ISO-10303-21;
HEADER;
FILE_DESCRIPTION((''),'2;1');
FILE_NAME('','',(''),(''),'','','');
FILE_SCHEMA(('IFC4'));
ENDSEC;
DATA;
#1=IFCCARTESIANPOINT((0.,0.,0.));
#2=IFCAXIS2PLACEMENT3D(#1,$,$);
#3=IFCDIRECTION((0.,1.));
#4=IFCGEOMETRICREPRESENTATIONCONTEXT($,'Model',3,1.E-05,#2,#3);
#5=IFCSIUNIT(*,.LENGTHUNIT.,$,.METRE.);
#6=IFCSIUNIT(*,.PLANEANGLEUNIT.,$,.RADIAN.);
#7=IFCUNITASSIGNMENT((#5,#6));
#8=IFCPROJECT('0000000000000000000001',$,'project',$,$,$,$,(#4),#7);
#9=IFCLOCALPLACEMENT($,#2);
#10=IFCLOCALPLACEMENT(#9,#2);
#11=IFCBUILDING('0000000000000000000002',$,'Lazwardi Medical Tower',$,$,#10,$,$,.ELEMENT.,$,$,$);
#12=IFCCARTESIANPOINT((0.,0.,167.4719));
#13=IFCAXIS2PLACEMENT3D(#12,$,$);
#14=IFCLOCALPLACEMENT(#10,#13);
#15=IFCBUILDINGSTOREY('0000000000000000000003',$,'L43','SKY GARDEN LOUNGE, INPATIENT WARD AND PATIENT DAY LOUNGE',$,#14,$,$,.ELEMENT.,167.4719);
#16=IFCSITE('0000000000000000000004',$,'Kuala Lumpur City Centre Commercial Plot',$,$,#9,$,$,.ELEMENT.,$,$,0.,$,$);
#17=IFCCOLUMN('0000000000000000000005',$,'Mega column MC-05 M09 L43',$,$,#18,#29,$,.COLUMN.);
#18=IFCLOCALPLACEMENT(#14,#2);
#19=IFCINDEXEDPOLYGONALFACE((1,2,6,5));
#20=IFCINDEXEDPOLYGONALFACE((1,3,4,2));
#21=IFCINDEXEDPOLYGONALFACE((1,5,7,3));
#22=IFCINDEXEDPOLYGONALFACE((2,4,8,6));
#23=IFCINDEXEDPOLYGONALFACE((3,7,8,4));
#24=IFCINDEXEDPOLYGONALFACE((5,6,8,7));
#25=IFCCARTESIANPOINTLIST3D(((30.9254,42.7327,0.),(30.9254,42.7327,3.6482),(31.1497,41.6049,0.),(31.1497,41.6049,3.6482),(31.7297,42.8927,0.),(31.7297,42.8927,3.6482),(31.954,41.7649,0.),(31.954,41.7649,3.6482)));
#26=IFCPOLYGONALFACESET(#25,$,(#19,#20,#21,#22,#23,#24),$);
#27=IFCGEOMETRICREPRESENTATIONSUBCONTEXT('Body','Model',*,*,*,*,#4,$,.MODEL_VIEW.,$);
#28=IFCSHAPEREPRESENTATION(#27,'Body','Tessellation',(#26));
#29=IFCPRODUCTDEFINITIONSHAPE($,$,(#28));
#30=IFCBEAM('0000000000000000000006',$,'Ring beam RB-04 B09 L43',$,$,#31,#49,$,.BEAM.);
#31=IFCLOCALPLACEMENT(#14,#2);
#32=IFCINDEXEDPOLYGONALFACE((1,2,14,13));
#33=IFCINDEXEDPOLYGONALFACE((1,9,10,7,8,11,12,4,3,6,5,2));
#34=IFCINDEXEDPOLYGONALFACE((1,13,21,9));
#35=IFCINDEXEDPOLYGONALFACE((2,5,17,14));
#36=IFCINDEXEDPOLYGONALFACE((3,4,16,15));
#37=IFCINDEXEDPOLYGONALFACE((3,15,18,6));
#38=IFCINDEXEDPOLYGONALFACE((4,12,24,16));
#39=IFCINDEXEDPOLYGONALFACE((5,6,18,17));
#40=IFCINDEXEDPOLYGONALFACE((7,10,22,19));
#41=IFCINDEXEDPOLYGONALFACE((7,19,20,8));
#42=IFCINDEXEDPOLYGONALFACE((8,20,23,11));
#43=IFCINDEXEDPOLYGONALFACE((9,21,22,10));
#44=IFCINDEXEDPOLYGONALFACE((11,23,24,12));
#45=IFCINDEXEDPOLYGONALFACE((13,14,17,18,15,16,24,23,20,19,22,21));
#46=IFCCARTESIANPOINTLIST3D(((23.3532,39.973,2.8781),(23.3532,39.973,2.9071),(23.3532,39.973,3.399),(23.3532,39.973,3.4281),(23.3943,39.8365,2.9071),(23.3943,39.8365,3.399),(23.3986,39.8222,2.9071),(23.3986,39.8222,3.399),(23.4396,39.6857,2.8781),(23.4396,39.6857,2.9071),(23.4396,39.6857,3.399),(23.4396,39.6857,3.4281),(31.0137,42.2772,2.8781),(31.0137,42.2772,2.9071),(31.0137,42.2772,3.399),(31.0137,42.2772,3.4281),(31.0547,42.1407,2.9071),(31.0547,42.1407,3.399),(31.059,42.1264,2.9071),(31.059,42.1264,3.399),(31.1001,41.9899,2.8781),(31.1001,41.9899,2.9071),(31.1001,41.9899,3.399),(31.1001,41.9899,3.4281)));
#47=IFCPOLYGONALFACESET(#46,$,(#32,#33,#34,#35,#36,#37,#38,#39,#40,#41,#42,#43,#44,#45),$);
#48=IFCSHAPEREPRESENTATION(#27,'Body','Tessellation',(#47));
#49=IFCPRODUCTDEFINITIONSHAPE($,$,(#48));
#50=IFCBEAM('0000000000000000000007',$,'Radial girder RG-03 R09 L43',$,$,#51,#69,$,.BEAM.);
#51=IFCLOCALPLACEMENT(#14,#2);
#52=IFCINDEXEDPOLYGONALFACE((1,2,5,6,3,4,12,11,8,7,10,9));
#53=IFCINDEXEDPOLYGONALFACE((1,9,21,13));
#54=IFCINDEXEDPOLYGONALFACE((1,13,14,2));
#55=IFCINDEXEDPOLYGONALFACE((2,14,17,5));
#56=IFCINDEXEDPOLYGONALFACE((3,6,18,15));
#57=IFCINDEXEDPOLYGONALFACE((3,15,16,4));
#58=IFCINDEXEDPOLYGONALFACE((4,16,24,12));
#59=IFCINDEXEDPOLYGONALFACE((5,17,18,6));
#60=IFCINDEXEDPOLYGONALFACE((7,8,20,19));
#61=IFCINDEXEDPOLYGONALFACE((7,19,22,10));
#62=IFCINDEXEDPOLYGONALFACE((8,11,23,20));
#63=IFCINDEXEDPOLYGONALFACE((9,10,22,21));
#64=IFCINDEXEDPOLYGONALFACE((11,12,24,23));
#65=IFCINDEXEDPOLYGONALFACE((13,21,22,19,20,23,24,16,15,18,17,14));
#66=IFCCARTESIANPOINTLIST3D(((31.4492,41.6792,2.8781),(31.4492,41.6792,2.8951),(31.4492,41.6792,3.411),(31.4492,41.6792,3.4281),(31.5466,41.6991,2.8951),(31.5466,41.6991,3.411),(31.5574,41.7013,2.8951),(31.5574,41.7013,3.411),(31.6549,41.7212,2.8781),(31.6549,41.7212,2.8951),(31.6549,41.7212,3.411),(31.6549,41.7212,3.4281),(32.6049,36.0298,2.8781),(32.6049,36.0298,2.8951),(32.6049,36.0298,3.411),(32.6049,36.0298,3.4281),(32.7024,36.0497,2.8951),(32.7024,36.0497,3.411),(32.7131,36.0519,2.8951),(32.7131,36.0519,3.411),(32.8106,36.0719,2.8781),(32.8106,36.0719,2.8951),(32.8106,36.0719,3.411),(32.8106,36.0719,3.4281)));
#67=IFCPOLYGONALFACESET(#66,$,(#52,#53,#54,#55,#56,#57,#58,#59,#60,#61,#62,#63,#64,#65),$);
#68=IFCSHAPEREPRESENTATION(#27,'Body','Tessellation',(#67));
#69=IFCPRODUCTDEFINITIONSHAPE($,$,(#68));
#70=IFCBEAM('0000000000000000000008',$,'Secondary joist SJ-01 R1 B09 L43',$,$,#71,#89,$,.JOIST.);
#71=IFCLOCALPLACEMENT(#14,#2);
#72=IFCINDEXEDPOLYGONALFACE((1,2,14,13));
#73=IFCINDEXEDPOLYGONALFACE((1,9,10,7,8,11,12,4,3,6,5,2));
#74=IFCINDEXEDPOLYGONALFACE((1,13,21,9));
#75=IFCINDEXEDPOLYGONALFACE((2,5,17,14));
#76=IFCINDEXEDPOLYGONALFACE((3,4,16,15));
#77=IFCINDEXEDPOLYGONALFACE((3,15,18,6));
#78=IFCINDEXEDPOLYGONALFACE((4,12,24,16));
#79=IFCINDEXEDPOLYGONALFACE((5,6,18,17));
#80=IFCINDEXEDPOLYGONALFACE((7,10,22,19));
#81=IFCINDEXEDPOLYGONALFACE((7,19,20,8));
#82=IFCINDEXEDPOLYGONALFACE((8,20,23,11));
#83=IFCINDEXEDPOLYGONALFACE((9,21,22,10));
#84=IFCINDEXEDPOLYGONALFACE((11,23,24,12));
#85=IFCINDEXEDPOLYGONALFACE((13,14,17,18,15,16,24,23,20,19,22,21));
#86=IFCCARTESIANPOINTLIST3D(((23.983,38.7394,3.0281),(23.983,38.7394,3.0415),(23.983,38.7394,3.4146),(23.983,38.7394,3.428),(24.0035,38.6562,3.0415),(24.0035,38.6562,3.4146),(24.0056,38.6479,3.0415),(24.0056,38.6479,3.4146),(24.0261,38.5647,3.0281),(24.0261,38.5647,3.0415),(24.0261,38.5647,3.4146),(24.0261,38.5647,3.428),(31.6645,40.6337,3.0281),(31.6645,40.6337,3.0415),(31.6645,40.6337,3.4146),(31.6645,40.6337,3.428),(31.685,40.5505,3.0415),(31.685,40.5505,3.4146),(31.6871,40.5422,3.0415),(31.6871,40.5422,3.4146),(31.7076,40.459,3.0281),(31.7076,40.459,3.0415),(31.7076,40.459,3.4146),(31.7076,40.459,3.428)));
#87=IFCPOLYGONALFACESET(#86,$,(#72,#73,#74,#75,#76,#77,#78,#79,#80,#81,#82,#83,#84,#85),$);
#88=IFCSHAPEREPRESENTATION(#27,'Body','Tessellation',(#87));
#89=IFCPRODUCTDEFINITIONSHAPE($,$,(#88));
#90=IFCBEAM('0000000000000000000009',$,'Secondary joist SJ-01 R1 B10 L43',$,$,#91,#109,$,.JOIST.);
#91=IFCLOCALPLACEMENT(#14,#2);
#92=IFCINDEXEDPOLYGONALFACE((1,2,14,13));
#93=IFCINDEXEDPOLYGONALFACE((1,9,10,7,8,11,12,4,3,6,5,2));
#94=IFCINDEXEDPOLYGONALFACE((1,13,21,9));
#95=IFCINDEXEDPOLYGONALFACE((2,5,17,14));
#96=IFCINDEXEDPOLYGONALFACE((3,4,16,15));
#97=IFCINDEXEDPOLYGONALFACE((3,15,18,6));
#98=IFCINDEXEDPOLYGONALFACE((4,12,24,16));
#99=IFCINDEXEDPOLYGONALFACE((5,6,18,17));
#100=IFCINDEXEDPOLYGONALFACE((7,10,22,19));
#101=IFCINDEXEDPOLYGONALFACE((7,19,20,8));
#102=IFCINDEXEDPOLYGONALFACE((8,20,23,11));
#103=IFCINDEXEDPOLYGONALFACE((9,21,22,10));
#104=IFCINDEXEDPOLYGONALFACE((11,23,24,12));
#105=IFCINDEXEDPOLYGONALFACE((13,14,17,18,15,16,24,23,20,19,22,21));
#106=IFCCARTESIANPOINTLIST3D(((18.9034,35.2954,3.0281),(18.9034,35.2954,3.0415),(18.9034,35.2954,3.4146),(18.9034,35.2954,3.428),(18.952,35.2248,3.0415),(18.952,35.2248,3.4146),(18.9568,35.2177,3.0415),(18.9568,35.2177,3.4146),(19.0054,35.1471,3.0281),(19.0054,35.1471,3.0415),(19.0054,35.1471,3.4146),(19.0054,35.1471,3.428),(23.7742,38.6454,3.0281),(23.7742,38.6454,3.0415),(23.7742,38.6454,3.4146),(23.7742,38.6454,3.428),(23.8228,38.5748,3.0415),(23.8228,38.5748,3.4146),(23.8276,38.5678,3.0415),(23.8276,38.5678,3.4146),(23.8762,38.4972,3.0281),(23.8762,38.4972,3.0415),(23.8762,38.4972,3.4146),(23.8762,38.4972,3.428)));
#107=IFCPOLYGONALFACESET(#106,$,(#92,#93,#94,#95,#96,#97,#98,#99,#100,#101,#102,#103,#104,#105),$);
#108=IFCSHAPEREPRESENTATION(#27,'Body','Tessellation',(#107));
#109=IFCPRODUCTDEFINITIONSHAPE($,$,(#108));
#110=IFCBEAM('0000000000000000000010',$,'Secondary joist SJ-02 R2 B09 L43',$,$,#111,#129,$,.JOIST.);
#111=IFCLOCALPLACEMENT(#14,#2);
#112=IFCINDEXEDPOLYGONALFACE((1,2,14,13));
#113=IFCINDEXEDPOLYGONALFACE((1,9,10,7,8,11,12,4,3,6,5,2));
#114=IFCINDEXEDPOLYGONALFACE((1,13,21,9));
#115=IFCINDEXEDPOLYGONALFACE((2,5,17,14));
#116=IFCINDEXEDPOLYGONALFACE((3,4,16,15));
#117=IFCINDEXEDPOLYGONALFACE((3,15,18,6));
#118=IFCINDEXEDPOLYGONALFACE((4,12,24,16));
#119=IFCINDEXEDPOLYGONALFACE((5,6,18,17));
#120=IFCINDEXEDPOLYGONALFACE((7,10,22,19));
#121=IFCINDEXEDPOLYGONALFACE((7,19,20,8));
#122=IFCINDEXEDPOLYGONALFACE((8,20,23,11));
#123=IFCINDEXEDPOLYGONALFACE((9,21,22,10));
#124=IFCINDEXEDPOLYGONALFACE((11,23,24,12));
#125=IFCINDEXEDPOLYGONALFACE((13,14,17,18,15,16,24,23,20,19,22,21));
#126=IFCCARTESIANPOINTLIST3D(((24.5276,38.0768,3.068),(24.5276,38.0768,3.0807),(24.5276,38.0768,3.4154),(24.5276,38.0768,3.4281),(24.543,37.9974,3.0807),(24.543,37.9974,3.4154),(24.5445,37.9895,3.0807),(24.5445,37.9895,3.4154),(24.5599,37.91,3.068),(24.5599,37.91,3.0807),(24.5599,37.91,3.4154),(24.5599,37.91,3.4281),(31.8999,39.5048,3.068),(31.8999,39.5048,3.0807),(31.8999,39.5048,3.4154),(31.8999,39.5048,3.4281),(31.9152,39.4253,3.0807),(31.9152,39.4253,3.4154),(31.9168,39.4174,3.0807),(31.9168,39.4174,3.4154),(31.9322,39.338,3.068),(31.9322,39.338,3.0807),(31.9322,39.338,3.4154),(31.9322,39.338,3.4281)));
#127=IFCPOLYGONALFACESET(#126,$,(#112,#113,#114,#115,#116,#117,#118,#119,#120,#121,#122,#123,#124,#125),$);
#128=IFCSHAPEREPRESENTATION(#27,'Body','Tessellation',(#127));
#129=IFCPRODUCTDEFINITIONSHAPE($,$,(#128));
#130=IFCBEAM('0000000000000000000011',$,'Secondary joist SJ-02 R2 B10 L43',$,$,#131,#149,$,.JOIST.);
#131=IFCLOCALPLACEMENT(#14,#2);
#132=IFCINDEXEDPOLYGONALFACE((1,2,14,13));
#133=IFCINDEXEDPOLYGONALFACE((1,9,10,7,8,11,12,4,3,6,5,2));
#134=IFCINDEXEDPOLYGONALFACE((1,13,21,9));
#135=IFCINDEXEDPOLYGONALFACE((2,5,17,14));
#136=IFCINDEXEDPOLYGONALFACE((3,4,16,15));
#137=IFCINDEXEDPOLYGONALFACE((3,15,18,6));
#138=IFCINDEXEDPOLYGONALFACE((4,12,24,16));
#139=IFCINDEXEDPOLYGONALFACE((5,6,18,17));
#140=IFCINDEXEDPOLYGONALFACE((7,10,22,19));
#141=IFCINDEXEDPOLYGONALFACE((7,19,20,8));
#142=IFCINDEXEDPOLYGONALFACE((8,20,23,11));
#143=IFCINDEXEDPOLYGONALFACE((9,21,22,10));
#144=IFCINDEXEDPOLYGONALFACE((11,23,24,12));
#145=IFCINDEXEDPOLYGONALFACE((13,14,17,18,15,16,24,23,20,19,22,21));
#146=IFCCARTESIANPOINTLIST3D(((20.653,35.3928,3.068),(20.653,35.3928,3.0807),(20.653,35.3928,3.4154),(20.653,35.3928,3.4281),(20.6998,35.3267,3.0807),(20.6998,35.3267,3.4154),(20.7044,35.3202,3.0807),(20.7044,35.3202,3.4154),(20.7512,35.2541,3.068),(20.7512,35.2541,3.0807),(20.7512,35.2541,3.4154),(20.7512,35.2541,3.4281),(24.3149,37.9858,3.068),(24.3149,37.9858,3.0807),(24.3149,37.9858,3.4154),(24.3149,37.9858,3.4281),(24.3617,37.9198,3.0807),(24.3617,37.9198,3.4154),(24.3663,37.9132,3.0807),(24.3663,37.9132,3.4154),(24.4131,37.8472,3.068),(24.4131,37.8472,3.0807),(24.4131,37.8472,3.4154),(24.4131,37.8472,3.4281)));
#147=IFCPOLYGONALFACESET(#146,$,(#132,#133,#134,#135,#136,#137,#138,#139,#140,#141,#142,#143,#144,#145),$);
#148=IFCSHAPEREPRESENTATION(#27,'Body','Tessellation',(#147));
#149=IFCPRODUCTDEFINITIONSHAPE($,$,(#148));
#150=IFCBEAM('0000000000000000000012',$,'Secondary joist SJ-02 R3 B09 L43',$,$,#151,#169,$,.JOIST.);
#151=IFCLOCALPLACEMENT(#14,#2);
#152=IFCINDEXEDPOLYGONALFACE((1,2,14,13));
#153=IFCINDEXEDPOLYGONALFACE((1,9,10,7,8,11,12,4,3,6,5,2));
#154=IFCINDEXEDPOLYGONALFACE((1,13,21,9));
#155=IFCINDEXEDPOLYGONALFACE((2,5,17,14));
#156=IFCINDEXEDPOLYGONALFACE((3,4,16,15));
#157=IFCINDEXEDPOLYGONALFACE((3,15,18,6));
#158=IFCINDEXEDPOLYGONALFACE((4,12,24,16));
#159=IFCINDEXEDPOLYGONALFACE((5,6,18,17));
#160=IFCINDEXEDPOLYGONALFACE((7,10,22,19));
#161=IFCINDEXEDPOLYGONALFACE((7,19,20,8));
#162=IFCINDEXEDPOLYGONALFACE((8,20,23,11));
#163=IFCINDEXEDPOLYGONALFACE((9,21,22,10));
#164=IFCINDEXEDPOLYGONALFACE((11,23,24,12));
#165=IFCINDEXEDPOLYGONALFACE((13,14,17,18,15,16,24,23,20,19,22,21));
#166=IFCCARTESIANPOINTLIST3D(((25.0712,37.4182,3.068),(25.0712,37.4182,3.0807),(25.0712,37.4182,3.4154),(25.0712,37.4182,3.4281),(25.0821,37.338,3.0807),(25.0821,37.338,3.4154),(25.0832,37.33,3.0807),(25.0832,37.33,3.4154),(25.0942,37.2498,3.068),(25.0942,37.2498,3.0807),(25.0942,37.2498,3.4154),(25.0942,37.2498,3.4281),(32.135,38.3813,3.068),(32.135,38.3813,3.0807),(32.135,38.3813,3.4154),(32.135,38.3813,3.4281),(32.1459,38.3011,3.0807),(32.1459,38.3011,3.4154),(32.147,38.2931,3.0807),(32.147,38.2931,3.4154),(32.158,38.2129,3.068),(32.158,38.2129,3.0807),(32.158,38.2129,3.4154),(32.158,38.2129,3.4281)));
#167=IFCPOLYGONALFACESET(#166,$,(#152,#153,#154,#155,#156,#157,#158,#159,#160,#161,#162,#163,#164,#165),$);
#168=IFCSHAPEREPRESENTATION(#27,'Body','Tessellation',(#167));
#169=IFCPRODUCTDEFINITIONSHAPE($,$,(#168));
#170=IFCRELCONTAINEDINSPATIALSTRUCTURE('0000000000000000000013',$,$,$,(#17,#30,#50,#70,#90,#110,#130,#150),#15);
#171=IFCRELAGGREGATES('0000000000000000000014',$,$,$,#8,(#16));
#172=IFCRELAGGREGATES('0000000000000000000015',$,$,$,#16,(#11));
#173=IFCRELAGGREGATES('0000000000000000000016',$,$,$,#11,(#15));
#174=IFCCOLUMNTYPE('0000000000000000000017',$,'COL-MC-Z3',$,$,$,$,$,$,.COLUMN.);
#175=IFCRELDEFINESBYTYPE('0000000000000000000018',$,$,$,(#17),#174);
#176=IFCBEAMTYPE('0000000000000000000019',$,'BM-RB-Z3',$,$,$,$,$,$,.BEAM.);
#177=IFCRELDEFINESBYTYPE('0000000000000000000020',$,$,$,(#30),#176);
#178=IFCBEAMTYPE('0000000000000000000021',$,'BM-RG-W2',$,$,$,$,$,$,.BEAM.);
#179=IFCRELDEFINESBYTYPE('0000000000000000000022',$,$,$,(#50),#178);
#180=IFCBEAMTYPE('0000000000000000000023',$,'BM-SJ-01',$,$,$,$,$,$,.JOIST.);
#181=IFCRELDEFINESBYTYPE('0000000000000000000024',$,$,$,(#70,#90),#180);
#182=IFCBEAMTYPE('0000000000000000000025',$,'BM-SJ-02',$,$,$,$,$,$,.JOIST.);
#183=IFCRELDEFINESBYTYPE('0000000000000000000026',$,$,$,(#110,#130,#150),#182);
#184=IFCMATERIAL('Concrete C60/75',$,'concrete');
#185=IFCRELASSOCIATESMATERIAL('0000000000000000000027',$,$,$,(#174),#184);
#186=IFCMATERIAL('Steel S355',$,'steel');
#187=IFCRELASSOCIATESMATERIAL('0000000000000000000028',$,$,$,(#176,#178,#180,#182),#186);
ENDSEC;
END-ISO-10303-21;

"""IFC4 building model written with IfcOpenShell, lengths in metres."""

from ifc_helpers import new_model, si_unit, direction, frame, origin, origin_2d, place, context, subcontext, project, spatial, rectangle, i_section, extrude, material, material_profile, profile_set, type_object, element, save


model = new_model("IFC4")

# Units and contexts
model_context = context("Model", 3, precision=1e-05, world=origin(), true_north=direction((0.0, 1.0)))
body_context = subcontext(model_context, "Body", "Model", "MODEL_VIEW")
ifc_project = project(units=[si_unit("LENGTHUNIT", "METRE"), si_unit("PLANEANGLEUNIT", "RADIAN")], contexts=[model_context])

# Site, building, storey
site_placement = place(None, origin())
site = spatial("IfcSite", under=ifc_project, at=site_placement, Name="Kuala Lumpur City Centre Commercial Plot", CompositionType="ELEMENT", RefElevation=0.0)
building_placement = place(site_placement, origin())
building = spatial("IfcBuilding", under=site, at=building_placement, Name="Lazwardi Medical Tower", CompositionType="ELEMENT")
storey_placement = place(building_placement, frame((0.0, 0.0, 167.4719)))
storey = spatial("IfcBuildingStorey", under=building, at=storey_placement, Name="L43", Description="SKY GARDEN LOUNGE, INPATIENT WARD AND PATIENT DAY LOUNGE", CompositionType="ELEMENT", Elevation=167.4719)

# Column
ifc_material_1 = material(Name="Concrete C60/75", Category="concrete")
ifc_material_profile_1 = material_profile(ifc_material_1, rectangle(XDim=1.1499, YDim=0.8201, at=origin_2d()), Name="CFT-RECT 1150x820")
ifc_profile_set_1 = profile_set([ifc_material_profile_1], Name="Concrete C60/75")
column_type = type_object("IfcColumnType", Name="COL-MC-Z3", PredefinedType="COLUMN", material=ifc_profile_set_1)
column_placement = place(storey_placement, frame((31.4397, 42.2488, 0.0), z_axis=(0.0, 0.0, 1.0), x_axis=(-0.19509, 0.980785, 0.0)))
element("IfcColumn", 1, at=column_placement, inside=storey, type_object=column_type, Name="Mega column MC-05 M09 L43", PredefinedType="COLUMN", context=body_context, shape_type="SweptSolid", body=[
    extrude(rectangle(XDim=1.1499, YDim=0.8201, at=origin_2d()), origin(), (0.0, 0.0, 1.0), 3.6482),
])

# Beams
ifc_material_2 = material(Name="Steel S355", Category="steel")
ifc_material_profile_2 = material_profile(ifc_material_2, i_section(OverallWidth=0.3, OverallDepth=0.55, WebThickness=0.0149, FlangeThickness=0.0291, at=origin_2d()), Name="HEB 550")
ifc_profile_set_2 = profile_set([ifc_material_profile_2], Name="Steel S355")
beam_type_1 = type_object("IfcBeamType", Name="BM-RB-Z3", PredefinedType="BEAM", material=ifc_profile_set_2)
beam_1_placement = place(storey_placement, frame((31.0569, 42.1335, 3.1531), z_axis=(-0.957617, -0.288045, 0.0), x_axis=(0.288045, -0.957617, 0.0)))
element("IfcBeam", 2, at=beam_1_placement, inside=storey, type_object=beam_type_1, Name="Ring beam RB-04 B09 L43", PredefinedType="BEAM", context=body_context, shape_type="SweptSolid", body=[
    extrude(i_section(OverallWidth=0.3, OverallDepth=0.55, WebThickness=0.0149, FlangeThickness=0.0291, at=origin_2d()), origin(), (0.0, 0.0, 1.0), 7.9995),
])
ifc_material_profile_3 = material_profile(ifc_material_2, i_section(OverallWidth=0.21, OverallDepth=0.55, WebThickness=0.011, FlangeThickness=0.0171, at=origin_2d()), Name="IPE 550")
ifc_profile_set_3 = profile_set([ifc_material_profile_3], Name="Steel S355")
beam_type_2 = type_object("IfcBeamType", Name="BM-RG-W2", PredefinedType="BEAM", material=ifc_profile_set_3)
beam_2_placement = place(storey_placement, frame((31.552, 41.7002, 3.1531), z_axis=(0.200429, -0.979708, 0.0), x_axis=(0.979708, 0.200429, 0.0)))
element("IfcBeam", 3, at=beam_2_placement, inside=storey, type_object=beam_type_2, Name="Radial girder RG-03 R09 L43", PredefinedType="BEAM", context=body_context, shape_type="SweptSolid", body=[
    extrude(i_section(OverallWidth=0.21, OverallDepth=0.55, WebThickness=0.011, FlangeThickness=0.0171, at=origin_2d()), origin(), (0.0, 0.0, 1.0), 5.7664),
])
ifc_material_profile_4 = material_profile(ifc_material_2, i_section(OverallWidth=0.1799, OverallDepth=0.3999, WebThickness=0.0085, FlangeThickness=0.0134, at=origin_2d()), Name="IPE 400")
ifc_profile_set_4 = profile_set([ifc_material_profile_4], Name="Steel S355")
beam_type_3 = type_object("IfcBeamType", Name="BM-SJ-01", PredefinedType="JOIST", material=ifc_profile_set_4)
beam_3_placement = place(storey_placement, frame((31.686, 40.5464, 3.228), z_axis=(-0.970913, -0.239434, 0.0), x_axis=(0.239434, -0.970913, 0.0)))
element("IfcBeam", 4, at=beam_3_placement, inside=storey, type_object=beam_type_3, Name="Secondary joist SJ-01 R1 B09 L43", PredefinedType="JOIST", context=body_context, shape_type="SweptSolid", body=[
    extrude(i_section(OverallWidth=0.1799, OverallDepth=0.3999, WebThickness=0.0085, FlangeThickness=0.0134, at=origin_2d()), origin(), (0.0, 0.0, 1.0), 7.9116),
])
beam_4_placement = place(storey_placement, frame((23.8252, 38.5713, 3.228), z_axis=(-0.823932, -0.566688, 0.0), x_axis=(0.566688, -0.823932, 0.0)))
element("IfcBeam", 5, at=beam_4_placement, inside=storey, type_object=beam_type_3, Name="Secondary joist SJ-01 R1 B10 L43", PredefinedType="JOIST", context=body_context, shape_type="SweptSolid", body=[
    extrude(i_section(OverallWidth=0.1799, OverallDepth=0.3999, WebThickness=0.0085, FlangeThickness=0.0134, at=origin_2d()), origin(), (0.0, 0.0, 1.0), 5.9116),
])
ifc_material_profile_5 = material_profile(ifc_material_2, i_section(OverallWidth=0.1699, OverallDepth=0.3601, WebThickness=0.0081, FlangeThickness=0.0127, at=origin_2d()), Name="IPE 360")
ifc_profile_set_5 = profile_set([ifc_material_profile_5], Name="Steel S355")
beam_type_4 = type_object("IfcBeamType", Name="BM-SJ-02", PredefinedType="JOIST", material=ifc_profile_set_5)
beam_5_placement = place(storey_placement, frame((31.916, 39.4214, 3.248), z_axis=(-0.981753, -0.19016, 0.0), x_axis=(0.19016, -0.981753, 0.0)))
element("IfcBeam", 6, at=beam_5_placement, inside=storey, type_object=beam_type_4, Name="Secondary joist SJ-02 R2 B09 L43", PredefinedType="JOIST", context=body_context, shape_type="SweptSolid", body=[
    extrude(i_section(OverallWidth=0.1699, OverallDepth=0.3601, WebThickness=0.0081, FlangeThickness=0.0127, at=origin_2d()), origin(), (0.0, 0.0, 1.0), 7.5093),
])
beam_6_placement = place(storey_placement, frame((24.364, 37.9165, 3.248), z_axis=(-0.816109, -0.577898, 0.0), x_axis=(0.577898, -0.816109, 0.0)))
element("IfcBeam", 7, at=beam_6_placement, inside=storey, type_object=beam_type_4, Name="Secondary joist SJ-02 R2 B10 L43", PredefinedType="JOIST", context=body_context, shape_type="SweptSolid", body=[
    extrude(i_section(OverallWidth=0.1699, OverallDepth=0.3601, WebThickness=0.0081, FlangeThickness=0.0127, at=origin_2d()), origin(), (0.0, 0.0, 1.0), 4.4871),
])
beam_7_placement = place(storey_placement, frame((32.1465, 38.2971, 3.248), z_axis=(-0.990832, -0.135099, 0.0), x_axis=(0.135099, -0.990832, 0.0)))
element("IfcBeam", 8, at=beam_7_placement, inside=storey, type_object=beam_type_4, Name="Secondary joist SJ-02 R3 B09 L43", PredefinedType="JOIST", context=body_context, shape_type="SweptSolid", body=[
    extrude(i_section(OverallWidth=0.1699, OverallDepth=0.3601, WebThickness=0.0081, FlangeThickness=0.0127, at=origin_2d()), origin(), (0.0, 0.0, 1.0), 7.1292),
])

save(model, "model.ifc")
